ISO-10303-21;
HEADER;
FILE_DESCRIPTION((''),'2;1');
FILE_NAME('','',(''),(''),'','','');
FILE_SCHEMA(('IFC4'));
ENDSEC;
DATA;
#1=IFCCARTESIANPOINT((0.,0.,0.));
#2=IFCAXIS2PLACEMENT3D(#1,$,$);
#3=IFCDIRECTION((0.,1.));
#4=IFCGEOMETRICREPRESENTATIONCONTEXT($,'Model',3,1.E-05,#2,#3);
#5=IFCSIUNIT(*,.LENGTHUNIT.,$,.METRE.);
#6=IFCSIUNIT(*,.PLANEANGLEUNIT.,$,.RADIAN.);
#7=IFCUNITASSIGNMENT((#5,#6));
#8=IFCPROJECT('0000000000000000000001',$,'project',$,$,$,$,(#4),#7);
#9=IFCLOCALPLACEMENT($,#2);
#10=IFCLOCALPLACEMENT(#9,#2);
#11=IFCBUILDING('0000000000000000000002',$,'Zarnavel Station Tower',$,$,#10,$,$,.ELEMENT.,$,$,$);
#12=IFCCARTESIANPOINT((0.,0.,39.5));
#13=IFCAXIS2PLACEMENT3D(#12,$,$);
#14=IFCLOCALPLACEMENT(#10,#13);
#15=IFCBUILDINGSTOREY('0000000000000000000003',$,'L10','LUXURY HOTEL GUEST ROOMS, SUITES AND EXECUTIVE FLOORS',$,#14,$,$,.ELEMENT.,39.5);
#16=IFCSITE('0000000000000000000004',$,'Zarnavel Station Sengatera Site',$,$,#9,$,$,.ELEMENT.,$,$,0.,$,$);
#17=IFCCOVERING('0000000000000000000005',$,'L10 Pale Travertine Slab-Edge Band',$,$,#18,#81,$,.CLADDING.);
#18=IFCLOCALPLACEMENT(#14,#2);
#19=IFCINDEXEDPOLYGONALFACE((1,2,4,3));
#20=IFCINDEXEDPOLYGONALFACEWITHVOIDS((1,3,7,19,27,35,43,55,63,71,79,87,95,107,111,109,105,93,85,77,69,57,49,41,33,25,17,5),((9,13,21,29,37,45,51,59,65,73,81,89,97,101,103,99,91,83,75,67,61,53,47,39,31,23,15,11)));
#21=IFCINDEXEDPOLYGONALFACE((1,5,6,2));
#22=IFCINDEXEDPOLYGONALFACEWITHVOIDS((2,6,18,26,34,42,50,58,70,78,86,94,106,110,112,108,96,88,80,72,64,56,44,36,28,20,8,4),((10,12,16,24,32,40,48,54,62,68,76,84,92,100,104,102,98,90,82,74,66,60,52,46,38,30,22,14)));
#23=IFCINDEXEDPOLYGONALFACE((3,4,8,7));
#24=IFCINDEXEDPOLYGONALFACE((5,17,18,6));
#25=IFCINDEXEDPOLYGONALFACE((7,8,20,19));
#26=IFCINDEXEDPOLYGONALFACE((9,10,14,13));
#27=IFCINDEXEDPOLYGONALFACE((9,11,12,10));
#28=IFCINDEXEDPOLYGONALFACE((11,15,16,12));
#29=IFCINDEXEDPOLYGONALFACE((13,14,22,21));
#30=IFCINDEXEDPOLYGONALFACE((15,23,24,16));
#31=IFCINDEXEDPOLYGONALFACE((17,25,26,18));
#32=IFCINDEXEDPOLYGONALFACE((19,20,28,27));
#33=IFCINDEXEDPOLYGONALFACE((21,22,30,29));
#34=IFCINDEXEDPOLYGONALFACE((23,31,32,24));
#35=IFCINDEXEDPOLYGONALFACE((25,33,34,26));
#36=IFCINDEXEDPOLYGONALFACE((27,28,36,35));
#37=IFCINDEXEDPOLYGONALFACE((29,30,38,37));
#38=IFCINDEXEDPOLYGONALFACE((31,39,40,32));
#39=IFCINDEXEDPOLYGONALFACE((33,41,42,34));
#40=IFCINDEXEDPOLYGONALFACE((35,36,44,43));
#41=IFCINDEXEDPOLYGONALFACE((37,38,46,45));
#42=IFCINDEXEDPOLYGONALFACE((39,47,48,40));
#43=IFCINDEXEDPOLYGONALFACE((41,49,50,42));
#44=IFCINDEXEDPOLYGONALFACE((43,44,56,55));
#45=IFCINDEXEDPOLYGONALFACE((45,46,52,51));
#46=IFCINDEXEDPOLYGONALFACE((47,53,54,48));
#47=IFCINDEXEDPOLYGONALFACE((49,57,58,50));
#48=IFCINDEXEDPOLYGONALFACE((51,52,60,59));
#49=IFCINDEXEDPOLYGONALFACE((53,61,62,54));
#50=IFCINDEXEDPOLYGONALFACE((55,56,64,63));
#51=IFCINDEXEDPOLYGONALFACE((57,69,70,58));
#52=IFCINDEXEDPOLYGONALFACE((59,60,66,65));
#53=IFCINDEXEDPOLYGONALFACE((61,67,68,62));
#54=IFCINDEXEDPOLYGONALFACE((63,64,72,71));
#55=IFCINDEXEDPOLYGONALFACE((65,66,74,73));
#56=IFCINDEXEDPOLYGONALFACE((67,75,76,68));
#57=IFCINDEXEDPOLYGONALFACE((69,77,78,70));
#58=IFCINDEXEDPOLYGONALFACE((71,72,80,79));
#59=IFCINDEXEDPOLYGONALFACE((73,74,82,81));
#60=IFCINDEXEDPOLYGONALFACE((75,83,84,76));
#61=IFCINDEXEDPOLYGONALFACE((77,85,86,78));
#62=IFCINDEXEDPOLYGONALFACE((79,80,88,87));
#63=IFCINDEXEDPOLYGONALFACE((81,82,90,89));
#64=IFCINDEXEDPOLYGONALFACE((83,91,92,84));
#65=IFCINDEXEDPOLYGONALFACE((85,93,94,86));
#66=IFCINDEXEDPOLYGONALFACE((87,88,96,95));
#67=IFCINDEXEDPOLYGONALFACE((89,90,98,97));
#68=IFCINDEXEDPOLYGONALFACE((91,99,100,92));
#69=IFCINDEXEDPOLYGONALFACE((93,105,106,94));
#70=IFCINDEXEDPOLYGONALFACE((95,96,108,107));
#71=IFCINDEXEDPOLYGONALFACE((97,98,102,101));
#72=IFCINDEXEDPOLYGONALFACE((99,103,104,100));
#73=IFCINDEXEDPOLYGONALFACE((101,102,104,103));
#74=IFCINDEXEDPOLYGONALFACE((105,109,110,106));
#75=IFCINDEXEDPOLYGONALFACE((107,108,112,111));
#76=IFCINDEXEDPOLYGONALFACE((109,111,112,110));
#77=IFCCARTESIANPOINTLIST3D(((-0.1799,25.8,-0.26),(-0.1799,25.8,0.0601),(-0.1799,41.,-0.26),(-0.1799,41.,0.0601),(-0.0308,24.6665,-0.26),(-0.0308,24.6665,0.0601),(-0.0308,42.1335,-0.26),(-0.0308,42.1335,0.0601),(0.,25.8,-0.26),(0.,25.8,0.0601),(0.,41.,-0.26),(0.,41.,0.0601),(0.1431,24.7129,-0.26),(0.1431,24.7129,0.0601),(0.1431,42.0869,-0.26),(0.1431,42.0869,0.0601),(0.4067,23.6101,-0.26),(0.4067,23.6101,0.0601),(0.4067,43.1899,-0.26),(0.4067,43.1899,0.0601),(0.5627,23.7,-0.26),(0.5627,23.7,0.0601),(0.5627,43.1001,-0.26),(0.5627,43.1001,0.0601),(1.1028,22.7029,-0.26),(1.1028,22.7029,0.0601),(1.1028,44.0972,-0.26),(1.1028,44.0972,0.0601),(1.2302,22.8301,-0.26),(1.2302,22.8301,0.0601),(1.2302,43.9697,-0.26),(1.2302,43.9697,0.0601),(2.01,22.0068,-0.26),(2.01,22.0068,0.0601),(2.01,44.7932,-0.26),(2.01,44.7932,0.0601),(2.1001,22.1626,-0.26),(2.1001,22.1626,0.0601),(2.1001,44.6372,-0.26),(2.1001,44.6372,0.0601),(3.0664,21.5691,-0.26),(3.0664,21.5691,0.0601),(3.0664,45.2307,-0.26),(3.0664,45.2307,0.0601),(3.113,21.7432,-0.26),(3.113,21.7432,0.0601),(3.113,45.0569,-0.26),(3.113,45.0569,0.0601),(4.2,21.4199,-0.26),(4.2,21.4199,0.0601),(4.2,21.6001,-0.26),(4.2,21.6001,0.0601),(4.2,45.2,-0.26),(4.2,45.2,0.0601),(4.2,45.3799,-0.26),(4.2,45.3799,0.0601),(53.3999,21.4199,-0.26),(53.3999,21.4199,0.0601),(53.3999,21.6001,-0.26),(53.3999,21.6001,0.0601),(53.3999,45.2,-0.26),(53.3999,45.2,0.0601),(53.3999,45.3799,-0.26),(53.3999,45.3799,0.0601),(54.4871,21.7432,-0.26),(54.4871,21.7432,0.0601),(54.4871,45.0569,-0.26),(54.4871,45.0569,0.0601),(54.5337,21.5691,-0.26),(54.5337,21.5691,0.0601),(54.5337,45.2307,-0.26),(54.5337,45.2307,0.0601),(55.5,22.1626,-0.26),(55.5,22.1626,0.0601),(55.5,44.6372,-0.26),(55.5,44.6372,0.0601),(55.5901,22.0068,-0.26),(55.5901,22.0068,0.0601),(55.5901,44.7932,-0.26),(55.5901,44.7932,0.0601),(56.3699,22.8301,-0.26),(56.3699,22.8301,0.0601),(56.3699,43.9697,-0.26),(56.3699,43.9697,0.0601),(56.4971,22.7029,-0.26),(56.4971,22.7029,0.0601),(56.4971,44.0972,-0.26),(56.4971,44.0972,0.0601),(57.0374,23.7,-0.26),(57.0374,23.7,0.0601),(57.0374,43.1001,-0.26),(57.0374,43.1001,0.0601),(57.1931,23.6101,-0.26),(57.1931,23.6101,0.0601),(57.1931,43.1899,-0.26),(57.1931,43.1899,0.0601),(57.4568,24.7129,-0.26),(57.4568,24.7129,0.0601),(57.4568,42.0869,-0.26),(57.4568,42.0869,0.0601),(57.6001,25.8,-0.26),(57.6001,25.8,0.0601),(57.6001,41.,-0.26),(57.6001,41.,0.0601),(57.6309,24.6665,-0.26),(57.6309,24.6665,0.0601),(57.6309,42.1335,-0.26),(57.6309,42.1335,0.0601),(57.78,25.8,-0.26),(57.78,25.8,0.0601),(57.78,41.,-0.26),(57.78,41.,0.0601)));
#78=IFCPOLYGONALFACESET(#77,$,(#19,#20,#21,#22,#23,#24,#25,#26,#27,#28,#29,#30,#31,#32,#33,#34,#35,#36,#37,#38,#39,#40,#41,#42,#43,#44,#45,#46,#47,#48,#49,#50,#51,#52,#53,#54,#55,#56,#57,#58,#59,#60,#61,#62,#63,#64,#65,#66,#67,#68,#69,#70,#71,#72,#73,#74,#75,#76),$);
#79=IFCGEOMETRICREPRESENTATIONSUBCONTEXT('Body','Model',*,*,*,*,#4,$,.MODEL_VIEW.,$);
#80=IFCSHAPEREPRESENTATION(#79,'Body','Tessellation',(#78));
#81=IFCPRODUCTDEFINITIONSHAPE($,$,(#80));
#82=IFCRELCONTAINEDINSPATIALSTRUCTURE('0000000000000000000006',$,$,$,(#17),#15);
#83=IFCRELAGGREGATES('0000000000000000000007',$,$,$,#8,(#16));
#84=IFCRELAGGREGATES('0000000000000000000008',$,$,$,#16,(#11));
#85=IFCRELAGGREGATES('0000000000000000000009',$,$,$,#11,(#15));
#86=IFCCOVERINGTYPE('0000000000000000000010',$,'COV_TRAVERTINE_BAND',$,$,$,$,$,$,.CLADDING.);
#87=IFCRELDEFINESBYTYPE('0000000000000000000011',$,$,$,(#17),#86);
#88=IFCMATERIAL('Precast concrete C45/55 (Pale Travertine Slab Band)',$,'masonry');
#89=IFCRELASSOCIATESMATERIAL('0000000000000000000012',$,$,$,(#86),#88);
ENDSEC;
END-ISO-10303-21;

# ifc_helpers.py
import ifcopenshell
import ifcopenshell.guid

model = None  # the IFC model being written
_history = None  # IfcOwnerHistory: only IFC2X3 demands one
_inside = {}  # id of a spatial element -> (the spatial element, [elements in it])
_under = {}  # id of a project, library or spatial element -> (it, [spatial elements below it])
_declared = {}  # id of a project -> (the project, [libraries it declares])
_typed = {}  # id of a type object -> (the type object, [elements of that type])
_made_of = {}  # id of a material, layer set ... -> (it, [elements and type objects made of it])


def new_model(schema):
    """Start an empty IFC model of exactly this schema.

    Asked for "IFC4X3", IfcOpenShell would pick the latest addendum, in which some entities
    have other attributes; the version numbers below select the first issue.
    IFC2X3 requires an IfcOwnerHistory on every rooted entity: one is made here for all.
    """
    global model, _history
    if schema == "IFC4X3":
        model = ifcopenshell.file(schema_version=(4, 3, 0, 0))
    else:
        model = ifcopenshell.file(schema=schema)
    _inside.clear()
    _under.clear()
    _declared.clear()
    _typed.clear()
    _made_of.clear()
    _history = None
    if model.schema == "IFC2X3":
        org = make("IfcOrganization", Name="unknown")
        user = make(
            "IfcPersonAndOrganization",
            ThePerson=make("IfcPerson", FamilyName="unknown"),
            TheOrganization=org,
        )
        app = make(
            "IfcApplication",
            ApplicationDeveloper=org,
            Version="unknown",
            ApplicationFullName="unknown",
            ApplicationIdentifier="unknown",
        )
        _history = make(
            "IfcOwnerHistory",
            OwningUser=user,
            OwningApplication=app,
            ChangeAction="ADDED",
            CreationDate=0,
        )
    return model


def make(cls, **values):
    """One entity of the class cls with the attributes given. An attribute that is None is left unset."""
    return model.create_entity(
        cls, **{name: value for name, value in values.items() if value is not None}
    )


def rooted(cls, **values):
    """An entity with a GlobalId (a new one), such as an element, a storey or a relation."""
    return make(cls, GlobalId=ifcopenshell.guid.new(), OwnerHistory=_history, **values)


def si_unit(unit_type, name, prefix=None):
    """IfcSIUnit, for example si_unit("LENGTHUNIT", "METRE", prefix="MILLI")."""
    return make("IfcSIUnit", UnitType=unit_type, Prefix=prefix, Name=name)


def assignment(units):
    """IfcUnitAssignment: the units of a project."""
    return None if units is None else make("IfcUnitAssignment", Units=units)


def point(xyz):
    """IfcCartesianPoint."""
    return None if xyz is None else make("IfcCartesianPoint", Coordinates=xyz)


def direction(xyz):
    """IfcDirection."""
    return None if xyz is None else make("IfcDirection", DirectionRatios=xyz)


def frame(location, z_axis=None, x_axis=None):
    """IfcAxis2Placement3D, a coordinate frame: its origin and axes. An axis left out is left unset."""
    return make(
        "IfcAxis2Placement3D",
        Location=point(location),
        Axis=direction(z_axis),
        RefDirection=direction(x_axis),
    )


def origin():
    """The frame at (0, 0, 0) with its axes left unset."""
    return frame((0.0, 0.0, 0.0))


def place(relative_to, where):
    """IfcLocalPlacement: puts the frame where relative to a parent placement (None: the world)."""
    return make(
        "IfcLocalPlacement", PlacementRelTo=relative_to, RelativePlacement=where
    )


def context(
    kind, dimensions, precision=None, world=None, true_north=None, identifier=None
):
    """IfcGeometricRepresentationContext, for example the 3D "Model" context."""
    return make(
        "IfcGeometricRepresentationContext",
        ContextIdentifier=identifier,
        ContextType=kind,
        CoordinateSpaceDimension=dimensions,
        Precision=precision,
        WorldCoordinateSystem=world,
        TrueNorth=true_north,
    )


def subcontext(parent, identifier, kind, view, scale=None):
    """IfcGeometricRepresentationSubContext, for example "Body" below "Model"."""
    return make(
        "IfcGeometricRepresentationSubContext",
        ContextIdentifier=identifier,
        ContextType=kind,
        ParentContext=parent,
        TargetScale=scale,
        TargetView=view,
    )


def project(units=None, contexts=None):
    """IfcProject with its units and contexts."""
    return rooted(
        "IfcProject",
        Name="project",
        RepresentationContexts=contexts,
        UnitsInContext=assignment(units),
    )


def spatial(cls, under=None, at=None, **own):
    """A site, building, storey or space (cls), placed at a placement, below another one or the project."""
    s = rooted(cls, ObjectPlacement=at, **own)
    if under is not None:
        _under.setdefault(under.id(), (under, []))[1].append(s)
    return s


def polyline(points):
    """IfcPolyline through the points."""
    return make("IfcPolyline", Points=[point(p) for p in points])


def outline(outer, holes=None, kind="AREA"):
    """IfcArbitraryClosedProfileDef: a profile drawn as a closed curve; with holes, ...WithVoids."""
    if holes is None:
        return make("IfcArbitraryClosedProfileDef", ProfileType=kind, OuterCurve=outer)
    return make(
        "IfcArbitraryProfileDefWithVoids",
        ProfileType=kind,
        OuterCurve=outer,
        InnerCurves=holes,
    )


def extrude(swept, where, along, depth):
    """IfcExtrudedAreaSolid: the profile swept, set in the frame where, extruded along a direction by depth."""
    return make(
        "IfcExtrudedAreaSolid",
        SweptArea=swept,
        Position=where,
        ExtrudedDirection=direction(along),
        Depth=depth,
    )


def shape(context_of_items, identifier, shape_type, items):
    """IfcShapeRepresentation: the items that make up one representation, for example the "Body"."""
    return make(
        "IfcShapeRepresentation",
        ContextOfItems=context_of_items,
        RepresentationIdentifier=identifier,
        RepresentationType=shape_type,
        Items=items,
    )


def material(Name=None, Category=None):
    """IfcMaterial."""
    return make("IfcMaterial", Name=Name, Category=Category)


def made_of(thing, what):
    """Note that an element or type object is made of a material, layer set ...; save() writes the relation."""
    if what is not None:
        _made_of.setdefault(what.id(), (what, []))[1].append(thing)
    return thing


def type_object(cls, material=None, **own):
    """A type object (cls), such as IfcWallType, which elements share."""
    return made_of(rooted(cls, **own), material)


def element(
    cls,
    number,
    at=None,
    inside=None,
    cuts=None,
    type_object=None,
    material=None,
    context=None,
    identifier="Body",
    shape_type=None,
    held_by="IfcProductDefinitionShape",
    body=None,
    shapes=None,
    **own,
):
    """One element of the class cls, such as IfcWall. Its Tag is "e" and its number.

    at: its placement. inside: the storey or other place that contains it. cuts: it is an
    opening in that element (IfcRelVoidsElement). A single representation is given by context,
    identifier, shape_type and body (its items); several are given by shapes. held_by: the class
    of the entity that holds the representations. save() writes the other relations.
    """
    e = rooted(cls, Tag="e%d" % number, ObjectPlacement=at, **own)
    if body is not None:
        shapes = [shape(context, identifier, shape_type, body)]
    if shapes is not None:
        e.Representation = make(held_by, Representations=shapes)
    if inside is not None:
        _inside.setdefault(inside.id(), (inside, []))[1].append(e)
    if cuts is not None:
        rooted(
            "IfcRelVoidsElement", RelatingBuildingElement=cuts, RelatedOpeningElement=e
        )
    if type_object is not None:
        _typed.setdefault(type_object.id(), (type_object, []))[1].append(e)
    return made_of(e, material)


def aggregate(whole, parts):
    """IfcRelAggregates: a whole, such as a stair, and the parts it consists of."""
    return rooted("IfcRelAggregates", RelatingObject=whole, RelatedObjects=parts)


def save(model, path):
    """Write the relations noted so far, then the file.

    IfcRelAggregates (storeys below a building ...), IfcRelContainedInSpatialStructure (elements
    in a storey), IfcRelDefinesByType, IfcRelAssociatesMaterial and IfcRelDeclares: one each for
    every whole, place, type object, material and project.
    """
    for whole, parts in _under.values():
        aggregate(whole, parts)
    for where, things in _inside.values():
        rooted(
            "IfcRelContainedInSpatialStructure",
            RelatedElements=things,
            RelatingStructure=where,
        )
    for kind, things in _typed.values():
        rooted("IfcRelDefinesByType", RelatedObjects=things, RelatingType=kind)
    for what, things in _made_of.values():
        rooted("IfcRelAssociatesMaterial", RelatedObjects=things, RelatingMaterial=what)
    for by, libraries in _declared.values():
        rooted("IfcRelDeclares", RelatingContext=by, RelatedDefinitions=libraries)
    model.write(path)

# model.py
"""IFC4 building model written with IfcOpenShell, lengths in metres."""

from ifc_helpers import new_model, si_unit, direction, frame, origin, place, context, subcontext, project, spatial, polyline, outline, extrude, material, type_object, element, save


model = new_model("IFC4")

# Units and contexts
model_context = context("Model", 3, precision=1e-05, world=origin(), true_north=direction((0.0, 1.0)))
body_context = subcontext(model_context, "Body", "Model", "MODEL_VIEW")
ifc_project = project(units=[si_unit("LENGTHUNIT", "METRE"), si_unit("PLANEANGLEUNIT", "RADIAN")], contexts=[model_context])

# Site, building, storey
site_placement = place(None, origin())
site = spatial("IfcSite", under=ifc_project, at=site_placement, Name="Zarnavel Station Sengatera Site", CompositionType="ELEMENT", RefElevation=0.0)
building_placement = place(site_placement, origin())
building = spatial("IfcBuilding", under=site, at=building_placement, Name="Zarnavel Station Tower", CompositionType="ELEMENT")
storey_placement = place(building_placement, frame((0.0, 0.0, 39.5)))
storey = spatial("IfcBuildingStorey", under=building, at=storey_placement, Name="L10", Description="LUXURY HOTEL GUEST ROOMS, SUITES AND EXECUTIVE FLOORS", CompositionType="ELEMENT", Elevation=39.5)

# Covering
ifc_material_1 = material(Name="Precast concrete C45/55 (Pale Travertine Slab Band)", Category="masonry")
covering_type_1 = type_object("IfcCoveringType", Name="COV_TRAVERTINE_BAND", PredefinedType="CLADDING", material=ifc_material_1)
covering_1_placement = place(storey_placement, frame((0.0, 0.0, -0.26)))
element("IfcCovering", 1, at=covering_1_placement, inside=storey, type_object=covering_type_1, Name="L10 Pale Travertine Slab-Edge Band", PredefinedType="CLADDING", context=body_context, shape_type="SweptSolid", body=[
    extrude(outline(polyline([(53.3999, 21.4199), (54.5337, 21.5691), (55.5901, 22.0068), (56.4971, 22.7029), (57.1931, 23.6101), (57.6309, 24.6665), (57.78, 25.8), (57.78, 41.0), (57.6309, 42.1335), (57.1931, 43.1899), (56.4971, 44.0972), (55.5901, 44.7932), (54.5337, 45.2307), (53.3999, 45.3799), (4.2, 45.3799), (3.0664, 45.2307), (2.01, 44.7932), (1.1028, 44.0972), (0.4067, 43.1899), (-0.0308, 42.1335), (-0.1799, 41.0), (-0.1799, 25.8), (-0.0308, 24.6665), (0.4067, 23.6101), (1.1028, 22.7029), (2.01, 22.0068), (3.0664, 21.5691), (4.2, 21.4199), (53.3999, 21.4199)]), holes=[polyline([(53.3999, 21.6001), (54.4871, 21.7432), (55.5, 22.1626), (56.3699, 22.8301), (57.0374, 23.7), (57.4568, 24.7129), (57.6001, 25.8), (57.6001, 41.0), (57.4568, 42.0869), (57.0374, 43.1001), (56.3699, 43.9697), (55.5, 44.6372), (54.4871, 45.0569), (53.3999, 45.2), (4.2, 45.2), (3.113, 45.0569), (2.1001, 44.6372), (1.2302, 43.9697), (0.5627, 43.1001), (0.1431, 42.0869), (0.0, 41.0), (0.0, 25.8), (0.1431, 24.7129), (0.5627, 23.7), (1.2302, 22.8301), (2.1001, 22.1626), (3.113, 21.7432), (4.2, 21.6001), (53.3999, 21.6001)])]), origin(), (0.0, 0.0, 1.0), 0.3201),
])

save(model, "model.ifc")
